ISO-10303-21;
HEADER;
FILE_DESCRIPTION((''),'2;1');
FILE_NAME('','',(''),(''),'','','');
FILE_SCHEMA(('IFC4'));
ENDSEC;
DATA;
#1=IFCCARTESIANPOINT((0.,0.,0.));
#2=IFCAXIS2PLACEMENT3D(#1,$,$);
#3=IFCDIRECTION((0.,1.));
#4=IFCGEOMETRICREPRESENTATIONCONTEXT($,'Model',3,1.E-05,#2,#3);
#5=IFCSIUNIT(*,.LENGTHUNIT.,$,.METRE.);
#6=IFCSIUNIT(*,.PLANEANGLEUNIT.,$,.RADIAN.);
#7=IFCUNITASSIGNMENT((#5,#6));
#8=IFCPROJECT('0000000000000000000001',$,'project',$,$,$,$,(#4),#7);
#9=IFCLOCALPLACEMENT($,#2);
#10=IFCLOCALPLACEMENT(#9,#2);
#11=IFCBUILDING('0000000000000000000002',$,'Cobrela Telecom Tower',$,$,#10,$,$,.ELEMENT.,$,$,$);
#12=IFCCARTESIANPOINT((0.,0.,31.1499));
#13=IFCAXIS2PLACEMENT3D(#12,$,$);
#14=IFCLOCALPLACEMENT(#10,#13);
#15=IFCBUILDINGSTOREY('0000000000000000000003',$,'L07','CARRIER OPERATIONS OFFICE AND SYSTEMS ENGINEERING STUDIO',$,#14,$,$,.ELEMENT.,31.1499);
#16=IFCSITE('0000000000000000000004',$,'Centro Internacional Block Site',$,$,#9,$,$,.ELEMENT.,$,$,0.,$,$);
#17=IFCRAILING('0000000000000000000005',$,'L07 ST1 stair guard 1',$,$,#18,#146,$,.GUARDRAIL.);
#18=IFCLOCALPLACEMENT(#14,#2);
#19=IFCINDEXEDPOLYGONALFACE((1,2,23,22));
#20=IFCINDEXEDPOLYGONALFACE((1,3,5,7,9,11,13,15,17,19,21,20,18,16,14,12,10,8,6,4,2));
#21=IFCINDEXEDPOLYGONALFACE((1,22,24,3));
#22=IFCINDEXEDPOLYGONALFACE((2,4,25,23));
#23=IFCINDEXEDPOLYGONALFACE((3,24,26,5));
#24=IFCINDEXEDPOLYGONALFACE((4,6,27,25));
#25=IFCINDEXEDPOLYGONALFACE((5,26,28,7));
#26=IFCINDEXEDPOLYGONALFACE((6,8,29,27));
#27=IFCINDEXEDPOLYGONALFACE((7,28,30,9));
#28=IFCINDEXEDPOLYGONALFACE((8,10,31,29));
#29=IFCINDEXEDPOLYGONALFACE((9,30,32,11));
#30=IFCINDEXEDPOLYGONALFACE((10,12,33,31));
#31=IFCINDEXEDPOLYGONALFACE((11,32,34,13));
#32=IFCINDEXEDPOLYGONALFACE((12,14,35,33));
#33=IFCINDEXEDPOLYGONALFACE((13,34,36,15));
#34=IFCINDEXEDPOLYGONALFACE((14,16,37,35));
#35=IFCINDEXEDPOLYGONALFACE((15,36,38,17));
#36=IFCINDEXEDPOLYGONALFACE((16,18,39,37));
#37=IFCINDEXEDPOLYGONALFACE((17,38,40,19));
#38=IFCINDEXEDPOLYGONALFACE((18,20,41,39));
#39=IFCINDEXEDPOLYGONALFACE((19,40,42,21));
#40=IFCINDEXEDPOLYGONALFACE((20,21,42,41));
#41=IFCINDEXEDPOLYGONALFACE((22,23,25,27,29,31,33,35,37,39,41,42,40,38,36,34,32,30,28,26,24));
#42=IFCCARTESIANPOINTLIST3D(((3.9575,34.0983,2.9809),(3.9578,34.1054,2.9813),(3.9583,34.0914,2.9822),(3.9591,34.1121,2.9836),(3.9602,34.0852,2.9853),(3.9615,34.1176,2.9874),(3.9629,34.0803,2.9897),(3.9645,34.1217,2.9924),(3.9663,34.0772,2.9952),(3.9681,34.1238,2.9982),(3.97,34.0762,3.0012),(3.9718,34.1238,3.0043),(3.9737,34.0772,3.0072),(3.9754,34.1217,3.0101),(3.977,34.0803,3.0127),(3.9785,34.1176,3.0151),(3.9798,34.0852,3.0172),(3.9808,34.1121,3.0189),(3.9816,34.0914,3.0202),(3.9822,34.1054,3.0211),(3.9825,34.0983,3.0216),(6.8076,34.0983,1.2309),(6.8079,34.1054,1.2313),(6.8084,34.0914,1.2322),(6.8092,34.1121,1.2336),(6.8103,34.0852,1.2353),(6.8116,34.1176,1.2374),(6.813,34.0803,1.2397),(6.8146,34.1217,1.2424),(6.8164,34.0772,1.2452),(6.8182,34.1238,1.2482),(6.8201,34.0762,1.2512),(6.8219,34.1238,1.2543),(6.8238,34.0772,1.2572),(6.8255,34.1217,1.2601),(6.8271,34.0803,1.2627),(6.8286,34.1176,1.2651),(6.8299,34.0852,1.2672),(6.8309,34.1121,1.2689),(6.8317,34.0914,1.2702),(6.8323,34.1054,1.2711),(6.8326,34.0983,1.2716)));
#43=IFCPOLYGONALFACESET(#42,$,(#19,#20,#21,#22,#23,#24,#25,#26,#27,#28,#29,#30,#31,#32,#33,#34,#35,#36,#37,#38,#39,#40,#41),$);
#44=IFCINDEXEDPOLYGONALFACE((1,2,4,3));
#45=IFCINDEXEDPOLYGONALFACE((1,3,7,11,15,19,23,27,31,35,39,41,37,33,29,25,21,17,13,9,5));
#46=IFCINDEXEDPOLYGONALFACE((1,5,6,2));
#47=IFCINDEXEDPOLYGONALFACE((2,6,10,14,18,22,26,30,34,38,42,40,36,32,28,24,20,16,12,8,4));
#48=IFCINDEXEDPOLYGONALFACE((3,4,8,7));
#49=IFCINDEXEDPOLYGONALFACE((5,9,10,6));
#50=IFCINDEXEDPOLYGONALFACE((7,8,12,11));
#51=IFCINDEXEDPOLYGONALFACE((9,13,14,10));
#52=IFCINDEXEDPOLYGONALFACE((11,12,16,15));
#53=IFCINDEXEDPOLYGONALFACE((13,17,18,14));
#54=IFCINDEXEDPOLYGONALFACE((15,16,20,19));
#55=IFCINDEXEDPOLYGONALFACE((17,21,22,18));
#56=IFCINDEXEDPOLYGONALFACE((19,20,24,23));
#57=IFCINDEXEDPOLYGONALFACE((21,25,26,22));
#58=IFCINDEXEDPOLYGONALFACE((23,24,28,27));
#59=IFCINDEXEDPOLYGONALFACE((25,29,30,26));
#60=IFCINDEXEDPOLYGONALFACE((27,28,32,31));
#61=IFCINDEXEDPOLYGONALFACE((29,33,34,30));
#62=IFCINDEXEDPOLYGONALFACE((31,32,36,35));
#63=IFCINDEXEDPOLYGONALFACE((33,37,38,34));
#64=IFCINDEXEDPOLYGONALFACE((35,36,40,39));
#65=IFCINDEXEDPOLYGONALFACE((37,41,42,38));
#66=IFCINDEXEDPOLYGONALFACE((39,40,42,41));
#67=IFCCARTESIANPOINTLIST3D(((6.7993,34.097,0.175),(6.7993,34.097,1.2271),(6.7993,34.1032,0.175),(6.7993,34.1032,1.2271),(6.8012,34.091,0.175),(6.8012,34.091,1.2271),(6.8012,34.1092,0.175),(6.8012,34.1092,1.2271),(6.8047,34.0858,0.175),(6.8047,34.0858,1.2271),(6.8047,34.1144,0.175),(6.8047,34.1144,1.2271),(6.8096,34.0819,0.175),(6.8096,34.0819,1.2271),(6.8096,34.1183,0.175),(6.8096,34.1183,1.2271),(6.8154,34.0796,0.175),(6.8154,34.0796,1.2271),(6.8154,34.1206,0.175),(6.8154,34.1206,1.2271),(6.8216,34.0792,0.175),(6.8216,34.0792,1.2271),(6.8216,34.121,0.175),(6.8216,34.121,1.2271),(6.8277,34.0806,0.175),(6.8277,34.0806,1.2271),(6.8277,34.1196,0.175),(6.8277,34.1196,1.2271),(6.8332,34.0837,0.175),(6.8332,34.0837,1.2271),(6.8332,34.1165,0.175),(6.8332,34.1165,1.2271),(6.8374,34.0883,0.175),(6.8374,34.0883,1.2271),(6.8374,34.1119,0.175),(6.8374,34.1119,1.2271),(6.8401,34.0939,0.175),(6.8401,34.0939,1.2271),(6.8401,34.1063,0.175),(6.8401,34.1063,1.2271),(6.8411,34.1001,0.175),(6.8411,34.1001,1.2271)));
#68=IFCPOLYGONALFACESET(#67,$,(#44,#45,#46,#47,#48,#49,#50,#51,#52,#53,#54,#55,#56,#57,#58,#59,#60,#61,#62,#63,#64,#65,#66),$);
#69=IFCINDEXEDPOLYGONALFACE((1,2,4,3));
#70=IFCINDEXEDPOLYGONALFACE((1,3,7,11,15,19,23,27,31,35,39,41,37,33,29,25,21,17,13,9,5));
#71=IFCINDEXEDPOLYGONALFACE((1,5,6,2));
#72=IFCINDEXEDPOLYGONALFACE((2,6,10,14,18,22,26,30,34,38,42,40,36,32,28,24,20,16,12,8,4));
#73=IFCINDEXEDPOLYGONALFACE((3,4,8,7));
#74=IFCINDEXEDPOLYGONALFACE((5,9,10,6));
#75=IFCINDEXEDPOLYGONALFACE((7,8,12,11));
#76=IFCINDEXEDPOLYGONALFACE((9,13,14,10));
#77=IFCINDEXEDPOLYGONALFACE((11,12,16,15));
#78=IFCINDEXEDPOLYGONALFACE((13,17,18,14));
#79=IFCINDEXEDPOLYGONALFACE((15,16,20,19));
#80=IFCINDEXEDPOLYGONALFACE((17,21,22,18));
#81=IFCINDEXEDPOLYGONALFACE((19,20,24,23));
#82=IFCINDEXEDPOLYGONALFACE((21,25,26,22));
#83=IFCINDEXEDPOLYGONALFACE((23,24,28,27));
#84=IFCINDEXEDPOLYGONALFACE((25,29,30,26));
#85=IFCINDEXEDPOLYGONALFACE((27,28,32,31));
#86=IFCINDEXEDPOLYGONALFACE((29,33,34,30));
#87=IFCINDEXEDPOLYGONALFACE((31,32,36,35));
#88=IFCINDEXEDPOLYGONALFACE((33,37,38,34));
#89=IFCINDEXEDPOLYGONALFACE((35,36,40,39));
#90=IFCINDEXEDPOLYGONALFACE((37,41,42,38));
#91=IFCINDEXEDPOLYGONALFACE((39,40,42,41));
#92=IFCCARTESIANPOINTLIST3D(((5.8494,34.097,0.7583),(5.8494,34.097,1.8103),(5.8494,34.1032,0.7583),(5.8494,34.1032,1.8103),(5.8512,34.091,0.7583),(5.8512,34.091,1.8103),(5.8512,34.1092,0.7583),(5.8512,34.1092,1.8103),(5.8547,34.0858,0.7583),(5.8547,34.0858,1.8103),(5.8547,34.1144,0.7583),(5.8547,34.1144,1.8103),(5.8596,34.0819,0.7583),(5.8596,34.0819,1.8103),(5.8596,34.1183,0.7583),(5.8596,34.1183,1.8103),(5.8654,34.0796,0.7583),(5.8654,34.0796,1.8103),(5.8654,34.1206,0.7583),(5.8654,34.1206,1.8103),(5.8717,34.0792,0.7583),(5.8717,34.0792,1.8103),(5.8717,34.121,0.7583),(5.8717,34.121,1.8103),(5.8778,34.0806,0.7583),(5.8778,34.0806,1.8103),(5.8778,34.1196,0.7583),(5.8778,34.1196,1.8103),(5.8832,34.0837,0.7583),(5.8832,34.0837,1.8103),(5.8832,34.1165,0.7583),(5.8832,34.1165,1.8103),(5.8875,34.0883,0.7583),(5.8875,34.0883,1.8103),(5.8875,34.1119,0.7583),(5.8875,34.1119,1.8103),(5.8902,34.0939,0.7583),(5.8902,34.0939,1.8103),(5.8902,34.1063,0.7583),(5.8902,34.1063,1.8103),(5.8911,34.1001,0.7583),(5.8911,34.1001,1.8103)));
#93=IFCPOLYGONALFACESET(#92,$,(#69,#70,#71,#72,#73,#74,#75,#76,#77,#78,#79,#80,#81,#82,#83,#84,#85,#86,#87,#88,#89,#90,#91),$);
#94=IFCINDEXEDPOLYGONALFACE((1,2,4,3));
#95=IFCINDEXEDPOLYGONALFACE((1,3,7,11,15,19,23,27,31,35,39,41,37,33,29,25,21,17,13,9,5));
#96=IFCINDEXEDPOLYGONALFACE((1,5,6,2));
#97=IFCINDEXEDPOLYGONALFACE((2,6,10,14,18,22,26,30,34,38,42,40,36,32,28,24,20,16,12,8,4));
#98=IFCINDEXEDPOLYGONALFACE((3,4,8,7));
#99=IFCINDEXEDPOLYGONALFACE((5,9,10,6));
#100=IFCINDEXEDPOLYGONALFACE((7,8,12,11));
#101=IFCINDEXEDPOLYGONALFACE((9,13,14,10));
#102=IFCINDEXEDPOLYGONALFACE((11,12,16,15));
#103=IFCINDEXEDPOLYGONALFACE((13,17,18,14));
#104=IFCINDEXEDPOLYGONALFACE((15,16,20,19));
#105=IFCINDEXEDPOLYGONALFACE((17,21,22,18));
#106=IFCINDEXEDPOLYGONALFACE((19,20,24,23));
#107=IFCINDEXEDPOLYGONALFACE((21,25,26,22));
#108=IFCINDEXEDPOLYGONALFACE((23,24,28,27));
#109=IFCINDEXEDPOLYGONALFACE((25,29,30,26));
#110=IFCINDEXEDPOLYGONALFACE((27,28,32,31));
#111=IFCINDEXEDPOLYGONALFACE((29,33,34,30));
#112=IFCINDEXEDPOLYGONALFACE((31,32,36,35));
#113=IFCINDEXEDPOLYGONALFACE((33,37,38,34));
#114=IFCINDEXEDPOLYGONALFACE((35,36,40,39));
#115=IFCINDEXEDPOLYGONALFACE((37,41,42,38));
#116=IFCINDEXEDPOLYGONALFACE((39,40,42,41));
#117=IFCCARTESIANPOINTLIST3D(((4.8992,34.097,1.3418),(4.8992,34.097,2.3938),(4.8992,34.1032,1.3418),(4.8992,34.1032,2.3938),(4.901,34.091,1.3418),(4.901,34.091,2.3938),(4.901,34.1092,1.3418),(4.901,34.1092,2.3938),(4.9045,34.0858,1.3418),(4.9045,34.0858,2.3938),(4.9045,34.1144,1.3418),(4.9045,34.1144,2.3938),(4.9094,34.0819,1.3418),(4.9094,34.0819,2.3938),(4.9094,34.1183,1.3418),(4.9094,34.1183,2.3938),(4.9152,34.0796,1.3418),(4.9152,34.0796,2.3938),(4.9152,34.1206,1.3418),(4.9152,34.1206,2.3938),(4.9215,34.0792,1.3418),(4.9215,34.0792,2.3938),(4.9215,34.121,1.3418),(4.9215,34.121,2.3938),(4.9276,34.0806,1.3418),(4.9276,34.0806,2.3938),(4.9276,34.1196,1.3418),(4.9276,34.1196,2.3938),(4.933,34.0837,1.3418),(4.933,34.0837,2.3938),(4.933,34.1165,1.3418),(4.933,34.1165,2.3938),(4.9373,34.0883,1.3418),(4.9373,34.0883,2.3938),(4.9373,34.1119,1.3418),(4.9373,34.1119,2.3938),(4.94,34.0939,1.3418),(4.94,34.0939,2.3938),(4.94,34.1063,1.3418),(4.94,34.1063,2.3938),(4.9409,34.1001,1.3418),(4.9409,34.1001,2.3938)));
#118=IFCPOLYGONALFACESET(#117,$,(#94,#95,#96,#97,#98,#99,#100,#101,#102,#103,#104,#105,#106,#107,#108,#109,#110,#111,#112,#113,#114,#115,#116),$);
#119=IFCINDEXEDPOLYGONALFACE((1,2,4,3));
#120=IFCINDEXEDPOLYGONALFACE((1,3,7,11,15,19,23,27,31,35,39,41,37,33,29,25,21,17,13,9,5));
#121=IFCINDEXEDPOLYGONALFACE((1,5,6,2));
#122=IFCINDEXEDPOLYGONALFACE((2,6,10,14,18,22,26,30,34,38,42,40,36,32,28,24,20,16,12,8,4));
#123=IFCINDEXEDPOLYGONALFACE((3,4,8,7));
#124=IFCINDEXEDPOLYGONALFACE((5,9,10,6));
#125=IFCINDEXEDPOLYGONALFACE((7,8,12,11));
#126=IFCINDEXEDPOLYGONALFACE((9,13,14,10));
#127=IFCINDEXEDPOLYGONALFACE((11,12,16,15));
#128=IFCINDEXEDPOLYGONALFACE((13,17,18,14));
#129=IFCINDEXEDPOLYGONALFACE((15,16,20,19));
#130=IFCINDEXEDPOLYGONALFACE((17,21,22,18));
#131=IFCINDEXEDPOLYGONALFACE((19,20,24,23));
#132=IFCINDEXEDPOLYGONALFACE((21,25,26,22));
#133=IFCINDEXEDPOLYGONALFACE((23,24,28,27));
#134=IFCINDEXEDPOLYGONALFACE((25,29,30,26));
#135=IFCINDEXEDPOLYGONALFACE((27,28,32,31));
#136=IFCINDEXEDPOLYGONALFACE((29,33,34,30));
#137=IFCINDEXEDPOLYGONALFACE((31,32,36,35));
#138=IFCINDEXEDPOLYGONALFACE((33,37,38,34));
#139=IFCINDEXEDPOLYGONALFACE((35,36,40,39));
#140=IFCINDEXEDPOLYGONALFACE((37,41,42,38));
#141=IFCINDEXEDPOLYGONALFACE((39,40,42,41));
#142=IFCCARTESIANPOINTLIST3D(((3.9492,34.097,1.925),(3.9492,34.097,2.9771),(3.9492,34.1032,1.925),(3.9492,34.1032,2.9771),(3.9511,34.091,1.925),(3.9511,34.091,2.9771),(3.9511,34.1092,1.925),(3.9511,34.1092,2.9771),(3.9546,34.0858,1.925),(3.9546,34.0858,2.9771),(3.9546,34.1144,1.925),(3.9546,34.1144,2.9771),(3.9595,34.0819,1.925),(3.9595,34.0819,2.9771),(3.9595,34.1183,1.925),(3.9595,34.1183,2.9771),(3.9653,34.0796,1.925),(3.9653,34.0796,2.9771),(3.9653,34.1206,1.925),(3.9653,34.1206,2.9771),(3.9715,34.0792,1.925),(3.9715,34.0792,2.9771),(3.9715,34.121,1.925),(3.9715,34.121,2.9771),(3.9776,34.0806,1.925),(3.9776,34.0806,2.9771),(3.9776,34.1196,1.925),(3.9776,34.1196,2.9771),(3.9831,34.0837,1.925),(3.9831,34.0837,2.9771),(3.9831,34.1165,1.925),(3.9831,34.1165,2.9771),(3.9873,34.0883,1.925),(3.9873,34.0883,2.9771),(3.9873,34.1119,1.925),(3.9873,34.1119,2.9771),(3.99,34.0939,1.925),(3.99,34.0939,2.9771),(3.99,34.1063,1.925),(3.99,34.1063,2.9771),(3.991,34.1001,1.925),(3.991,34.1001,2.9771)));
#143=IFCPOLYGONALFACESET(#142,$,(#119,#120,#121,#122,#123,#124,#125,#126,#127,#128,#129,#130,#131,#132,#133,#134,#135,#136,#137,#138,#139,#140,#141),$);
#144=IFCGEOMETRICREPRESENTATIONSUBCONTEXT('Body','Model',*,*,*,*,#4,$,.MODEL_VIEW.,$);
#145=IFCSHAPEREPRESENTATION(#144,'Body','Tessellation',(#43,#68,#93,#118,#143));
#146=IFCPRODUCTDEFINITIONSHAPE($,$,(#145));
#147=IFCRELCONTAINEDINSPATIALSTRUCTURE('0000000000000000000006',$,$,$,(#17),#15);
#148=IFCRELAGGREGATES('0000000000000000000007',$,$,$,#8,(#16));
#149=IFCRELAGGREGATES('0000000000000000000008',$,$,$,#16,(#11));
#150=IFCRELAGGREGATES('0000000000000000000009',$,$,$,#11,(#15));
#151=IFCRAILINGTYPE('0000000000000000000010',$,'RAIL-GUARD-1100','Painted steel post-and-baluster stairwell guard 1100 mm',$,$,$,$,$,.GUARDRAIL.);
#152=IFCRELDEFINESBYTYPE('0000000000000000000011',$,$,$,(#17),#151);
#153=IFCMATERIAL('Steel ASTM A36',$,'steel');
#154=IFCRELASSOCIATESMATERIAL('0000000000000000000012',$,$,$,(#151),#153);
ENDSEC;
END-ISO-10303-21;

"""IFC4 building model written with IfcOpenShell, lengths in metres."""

from ifc_helpers import new_model, si_unit, direction, frame, origin, origin_2d, place, context, subcontext, project, spatial, circle, extrude, material, type_object, element, save


model = new_model("IFC4")

# Units and contexts
model_context = context("Model", 3, precision=1e-05, world=origin(), true_north=direction((0.0, 1.0)))
body_context = subcontext(model_context, "Body", "Model", "MODEL_VIEW")
ifc_project = project(units=[si_unit("LENGTHUNIT", "METRE"), si_unit("PLANEANGLEUNIT", "RADIAN")], contexts=[model_context])

# Site, building, storey
site_placement = place(None, origin())
site = spatial("IfcSite", under=ifc_project, at=site_placement, Name="Centro Internacional Block Site", CompositionType="ELEMENT", RefElevation=0.0)
building_placement = place(site_placement, origin())
building = spatial("IfcBuilding", under=site, at=building_placement, Name="Cobrela Telecom Tower", CompositionType="ELEMENT")
storey_placement = place(building_placement, frame((0.0, 0.0, 31.1499)))
storey = spatial("IfcBuildingStorey", under=building, at=storey_placement, Name="L07", Description="CARRIER OPERATIONS OFFICE AND SYSTEMS ENGINEERING STUDIO", CompositionType="ELEMENT", Elevation=31.1499)

# Shared definitions
ifc_material_1 = material(Name="Steel ASTM A36", Category="steel")

# Railing
railing_type_1 = type_object("IfcRailingType", Name="RAIL-GUARD-1100", Description="Painted steel post-and-baluster stairwell guard 1100 mm", PredefinedType="GUARDRAIL", material=ifc_material_1)
railing_1_placement = place(storey_placement, frame((6.8201, 34.1001, 0.175)))
element("IfcRailing", 1, at=railing_1_placement, inside=storey, type_object=railing_type_1, Name="L07 ST1 stair guard 1", PredefinedType="GUARDRAIL", context=body_context, shape_type="SweptSolid", body=[
    extrude(circle(Radius=0.0239, at=origin_2d()), frame((0.0, 0.0, 1.0762), z_axis=(-0.852179, 0.0, 0.52325), x_axis=(0.0, -1.0, 0.0)), (0.0, 0.0, 1.0), 3.3445),
    extrude(circle(Radius=0.021, at=origin_2d()), origin(), (0.0, 0.0, 1.0), 1.052),
    extrude(circle(Radius=0.021, at=origin_2d()), frame((-0.95, 0.0, 0.5833)), (0.0, 0.0, 1.0), 1.052),
    extrude(circle(Radius=0.021, at=origin_2d()), frame((-1.9001, 0.0, 1.1667)), (0.0, 0.0, 1.0), 1.052),
    extrude(circle(Radius=0.021, at=origin_2d()), frame((-2.8501, 0.0, 1.75)), (0.0, 0.0, 1.0), 1.052),
])

save(model, "model.ifc")
